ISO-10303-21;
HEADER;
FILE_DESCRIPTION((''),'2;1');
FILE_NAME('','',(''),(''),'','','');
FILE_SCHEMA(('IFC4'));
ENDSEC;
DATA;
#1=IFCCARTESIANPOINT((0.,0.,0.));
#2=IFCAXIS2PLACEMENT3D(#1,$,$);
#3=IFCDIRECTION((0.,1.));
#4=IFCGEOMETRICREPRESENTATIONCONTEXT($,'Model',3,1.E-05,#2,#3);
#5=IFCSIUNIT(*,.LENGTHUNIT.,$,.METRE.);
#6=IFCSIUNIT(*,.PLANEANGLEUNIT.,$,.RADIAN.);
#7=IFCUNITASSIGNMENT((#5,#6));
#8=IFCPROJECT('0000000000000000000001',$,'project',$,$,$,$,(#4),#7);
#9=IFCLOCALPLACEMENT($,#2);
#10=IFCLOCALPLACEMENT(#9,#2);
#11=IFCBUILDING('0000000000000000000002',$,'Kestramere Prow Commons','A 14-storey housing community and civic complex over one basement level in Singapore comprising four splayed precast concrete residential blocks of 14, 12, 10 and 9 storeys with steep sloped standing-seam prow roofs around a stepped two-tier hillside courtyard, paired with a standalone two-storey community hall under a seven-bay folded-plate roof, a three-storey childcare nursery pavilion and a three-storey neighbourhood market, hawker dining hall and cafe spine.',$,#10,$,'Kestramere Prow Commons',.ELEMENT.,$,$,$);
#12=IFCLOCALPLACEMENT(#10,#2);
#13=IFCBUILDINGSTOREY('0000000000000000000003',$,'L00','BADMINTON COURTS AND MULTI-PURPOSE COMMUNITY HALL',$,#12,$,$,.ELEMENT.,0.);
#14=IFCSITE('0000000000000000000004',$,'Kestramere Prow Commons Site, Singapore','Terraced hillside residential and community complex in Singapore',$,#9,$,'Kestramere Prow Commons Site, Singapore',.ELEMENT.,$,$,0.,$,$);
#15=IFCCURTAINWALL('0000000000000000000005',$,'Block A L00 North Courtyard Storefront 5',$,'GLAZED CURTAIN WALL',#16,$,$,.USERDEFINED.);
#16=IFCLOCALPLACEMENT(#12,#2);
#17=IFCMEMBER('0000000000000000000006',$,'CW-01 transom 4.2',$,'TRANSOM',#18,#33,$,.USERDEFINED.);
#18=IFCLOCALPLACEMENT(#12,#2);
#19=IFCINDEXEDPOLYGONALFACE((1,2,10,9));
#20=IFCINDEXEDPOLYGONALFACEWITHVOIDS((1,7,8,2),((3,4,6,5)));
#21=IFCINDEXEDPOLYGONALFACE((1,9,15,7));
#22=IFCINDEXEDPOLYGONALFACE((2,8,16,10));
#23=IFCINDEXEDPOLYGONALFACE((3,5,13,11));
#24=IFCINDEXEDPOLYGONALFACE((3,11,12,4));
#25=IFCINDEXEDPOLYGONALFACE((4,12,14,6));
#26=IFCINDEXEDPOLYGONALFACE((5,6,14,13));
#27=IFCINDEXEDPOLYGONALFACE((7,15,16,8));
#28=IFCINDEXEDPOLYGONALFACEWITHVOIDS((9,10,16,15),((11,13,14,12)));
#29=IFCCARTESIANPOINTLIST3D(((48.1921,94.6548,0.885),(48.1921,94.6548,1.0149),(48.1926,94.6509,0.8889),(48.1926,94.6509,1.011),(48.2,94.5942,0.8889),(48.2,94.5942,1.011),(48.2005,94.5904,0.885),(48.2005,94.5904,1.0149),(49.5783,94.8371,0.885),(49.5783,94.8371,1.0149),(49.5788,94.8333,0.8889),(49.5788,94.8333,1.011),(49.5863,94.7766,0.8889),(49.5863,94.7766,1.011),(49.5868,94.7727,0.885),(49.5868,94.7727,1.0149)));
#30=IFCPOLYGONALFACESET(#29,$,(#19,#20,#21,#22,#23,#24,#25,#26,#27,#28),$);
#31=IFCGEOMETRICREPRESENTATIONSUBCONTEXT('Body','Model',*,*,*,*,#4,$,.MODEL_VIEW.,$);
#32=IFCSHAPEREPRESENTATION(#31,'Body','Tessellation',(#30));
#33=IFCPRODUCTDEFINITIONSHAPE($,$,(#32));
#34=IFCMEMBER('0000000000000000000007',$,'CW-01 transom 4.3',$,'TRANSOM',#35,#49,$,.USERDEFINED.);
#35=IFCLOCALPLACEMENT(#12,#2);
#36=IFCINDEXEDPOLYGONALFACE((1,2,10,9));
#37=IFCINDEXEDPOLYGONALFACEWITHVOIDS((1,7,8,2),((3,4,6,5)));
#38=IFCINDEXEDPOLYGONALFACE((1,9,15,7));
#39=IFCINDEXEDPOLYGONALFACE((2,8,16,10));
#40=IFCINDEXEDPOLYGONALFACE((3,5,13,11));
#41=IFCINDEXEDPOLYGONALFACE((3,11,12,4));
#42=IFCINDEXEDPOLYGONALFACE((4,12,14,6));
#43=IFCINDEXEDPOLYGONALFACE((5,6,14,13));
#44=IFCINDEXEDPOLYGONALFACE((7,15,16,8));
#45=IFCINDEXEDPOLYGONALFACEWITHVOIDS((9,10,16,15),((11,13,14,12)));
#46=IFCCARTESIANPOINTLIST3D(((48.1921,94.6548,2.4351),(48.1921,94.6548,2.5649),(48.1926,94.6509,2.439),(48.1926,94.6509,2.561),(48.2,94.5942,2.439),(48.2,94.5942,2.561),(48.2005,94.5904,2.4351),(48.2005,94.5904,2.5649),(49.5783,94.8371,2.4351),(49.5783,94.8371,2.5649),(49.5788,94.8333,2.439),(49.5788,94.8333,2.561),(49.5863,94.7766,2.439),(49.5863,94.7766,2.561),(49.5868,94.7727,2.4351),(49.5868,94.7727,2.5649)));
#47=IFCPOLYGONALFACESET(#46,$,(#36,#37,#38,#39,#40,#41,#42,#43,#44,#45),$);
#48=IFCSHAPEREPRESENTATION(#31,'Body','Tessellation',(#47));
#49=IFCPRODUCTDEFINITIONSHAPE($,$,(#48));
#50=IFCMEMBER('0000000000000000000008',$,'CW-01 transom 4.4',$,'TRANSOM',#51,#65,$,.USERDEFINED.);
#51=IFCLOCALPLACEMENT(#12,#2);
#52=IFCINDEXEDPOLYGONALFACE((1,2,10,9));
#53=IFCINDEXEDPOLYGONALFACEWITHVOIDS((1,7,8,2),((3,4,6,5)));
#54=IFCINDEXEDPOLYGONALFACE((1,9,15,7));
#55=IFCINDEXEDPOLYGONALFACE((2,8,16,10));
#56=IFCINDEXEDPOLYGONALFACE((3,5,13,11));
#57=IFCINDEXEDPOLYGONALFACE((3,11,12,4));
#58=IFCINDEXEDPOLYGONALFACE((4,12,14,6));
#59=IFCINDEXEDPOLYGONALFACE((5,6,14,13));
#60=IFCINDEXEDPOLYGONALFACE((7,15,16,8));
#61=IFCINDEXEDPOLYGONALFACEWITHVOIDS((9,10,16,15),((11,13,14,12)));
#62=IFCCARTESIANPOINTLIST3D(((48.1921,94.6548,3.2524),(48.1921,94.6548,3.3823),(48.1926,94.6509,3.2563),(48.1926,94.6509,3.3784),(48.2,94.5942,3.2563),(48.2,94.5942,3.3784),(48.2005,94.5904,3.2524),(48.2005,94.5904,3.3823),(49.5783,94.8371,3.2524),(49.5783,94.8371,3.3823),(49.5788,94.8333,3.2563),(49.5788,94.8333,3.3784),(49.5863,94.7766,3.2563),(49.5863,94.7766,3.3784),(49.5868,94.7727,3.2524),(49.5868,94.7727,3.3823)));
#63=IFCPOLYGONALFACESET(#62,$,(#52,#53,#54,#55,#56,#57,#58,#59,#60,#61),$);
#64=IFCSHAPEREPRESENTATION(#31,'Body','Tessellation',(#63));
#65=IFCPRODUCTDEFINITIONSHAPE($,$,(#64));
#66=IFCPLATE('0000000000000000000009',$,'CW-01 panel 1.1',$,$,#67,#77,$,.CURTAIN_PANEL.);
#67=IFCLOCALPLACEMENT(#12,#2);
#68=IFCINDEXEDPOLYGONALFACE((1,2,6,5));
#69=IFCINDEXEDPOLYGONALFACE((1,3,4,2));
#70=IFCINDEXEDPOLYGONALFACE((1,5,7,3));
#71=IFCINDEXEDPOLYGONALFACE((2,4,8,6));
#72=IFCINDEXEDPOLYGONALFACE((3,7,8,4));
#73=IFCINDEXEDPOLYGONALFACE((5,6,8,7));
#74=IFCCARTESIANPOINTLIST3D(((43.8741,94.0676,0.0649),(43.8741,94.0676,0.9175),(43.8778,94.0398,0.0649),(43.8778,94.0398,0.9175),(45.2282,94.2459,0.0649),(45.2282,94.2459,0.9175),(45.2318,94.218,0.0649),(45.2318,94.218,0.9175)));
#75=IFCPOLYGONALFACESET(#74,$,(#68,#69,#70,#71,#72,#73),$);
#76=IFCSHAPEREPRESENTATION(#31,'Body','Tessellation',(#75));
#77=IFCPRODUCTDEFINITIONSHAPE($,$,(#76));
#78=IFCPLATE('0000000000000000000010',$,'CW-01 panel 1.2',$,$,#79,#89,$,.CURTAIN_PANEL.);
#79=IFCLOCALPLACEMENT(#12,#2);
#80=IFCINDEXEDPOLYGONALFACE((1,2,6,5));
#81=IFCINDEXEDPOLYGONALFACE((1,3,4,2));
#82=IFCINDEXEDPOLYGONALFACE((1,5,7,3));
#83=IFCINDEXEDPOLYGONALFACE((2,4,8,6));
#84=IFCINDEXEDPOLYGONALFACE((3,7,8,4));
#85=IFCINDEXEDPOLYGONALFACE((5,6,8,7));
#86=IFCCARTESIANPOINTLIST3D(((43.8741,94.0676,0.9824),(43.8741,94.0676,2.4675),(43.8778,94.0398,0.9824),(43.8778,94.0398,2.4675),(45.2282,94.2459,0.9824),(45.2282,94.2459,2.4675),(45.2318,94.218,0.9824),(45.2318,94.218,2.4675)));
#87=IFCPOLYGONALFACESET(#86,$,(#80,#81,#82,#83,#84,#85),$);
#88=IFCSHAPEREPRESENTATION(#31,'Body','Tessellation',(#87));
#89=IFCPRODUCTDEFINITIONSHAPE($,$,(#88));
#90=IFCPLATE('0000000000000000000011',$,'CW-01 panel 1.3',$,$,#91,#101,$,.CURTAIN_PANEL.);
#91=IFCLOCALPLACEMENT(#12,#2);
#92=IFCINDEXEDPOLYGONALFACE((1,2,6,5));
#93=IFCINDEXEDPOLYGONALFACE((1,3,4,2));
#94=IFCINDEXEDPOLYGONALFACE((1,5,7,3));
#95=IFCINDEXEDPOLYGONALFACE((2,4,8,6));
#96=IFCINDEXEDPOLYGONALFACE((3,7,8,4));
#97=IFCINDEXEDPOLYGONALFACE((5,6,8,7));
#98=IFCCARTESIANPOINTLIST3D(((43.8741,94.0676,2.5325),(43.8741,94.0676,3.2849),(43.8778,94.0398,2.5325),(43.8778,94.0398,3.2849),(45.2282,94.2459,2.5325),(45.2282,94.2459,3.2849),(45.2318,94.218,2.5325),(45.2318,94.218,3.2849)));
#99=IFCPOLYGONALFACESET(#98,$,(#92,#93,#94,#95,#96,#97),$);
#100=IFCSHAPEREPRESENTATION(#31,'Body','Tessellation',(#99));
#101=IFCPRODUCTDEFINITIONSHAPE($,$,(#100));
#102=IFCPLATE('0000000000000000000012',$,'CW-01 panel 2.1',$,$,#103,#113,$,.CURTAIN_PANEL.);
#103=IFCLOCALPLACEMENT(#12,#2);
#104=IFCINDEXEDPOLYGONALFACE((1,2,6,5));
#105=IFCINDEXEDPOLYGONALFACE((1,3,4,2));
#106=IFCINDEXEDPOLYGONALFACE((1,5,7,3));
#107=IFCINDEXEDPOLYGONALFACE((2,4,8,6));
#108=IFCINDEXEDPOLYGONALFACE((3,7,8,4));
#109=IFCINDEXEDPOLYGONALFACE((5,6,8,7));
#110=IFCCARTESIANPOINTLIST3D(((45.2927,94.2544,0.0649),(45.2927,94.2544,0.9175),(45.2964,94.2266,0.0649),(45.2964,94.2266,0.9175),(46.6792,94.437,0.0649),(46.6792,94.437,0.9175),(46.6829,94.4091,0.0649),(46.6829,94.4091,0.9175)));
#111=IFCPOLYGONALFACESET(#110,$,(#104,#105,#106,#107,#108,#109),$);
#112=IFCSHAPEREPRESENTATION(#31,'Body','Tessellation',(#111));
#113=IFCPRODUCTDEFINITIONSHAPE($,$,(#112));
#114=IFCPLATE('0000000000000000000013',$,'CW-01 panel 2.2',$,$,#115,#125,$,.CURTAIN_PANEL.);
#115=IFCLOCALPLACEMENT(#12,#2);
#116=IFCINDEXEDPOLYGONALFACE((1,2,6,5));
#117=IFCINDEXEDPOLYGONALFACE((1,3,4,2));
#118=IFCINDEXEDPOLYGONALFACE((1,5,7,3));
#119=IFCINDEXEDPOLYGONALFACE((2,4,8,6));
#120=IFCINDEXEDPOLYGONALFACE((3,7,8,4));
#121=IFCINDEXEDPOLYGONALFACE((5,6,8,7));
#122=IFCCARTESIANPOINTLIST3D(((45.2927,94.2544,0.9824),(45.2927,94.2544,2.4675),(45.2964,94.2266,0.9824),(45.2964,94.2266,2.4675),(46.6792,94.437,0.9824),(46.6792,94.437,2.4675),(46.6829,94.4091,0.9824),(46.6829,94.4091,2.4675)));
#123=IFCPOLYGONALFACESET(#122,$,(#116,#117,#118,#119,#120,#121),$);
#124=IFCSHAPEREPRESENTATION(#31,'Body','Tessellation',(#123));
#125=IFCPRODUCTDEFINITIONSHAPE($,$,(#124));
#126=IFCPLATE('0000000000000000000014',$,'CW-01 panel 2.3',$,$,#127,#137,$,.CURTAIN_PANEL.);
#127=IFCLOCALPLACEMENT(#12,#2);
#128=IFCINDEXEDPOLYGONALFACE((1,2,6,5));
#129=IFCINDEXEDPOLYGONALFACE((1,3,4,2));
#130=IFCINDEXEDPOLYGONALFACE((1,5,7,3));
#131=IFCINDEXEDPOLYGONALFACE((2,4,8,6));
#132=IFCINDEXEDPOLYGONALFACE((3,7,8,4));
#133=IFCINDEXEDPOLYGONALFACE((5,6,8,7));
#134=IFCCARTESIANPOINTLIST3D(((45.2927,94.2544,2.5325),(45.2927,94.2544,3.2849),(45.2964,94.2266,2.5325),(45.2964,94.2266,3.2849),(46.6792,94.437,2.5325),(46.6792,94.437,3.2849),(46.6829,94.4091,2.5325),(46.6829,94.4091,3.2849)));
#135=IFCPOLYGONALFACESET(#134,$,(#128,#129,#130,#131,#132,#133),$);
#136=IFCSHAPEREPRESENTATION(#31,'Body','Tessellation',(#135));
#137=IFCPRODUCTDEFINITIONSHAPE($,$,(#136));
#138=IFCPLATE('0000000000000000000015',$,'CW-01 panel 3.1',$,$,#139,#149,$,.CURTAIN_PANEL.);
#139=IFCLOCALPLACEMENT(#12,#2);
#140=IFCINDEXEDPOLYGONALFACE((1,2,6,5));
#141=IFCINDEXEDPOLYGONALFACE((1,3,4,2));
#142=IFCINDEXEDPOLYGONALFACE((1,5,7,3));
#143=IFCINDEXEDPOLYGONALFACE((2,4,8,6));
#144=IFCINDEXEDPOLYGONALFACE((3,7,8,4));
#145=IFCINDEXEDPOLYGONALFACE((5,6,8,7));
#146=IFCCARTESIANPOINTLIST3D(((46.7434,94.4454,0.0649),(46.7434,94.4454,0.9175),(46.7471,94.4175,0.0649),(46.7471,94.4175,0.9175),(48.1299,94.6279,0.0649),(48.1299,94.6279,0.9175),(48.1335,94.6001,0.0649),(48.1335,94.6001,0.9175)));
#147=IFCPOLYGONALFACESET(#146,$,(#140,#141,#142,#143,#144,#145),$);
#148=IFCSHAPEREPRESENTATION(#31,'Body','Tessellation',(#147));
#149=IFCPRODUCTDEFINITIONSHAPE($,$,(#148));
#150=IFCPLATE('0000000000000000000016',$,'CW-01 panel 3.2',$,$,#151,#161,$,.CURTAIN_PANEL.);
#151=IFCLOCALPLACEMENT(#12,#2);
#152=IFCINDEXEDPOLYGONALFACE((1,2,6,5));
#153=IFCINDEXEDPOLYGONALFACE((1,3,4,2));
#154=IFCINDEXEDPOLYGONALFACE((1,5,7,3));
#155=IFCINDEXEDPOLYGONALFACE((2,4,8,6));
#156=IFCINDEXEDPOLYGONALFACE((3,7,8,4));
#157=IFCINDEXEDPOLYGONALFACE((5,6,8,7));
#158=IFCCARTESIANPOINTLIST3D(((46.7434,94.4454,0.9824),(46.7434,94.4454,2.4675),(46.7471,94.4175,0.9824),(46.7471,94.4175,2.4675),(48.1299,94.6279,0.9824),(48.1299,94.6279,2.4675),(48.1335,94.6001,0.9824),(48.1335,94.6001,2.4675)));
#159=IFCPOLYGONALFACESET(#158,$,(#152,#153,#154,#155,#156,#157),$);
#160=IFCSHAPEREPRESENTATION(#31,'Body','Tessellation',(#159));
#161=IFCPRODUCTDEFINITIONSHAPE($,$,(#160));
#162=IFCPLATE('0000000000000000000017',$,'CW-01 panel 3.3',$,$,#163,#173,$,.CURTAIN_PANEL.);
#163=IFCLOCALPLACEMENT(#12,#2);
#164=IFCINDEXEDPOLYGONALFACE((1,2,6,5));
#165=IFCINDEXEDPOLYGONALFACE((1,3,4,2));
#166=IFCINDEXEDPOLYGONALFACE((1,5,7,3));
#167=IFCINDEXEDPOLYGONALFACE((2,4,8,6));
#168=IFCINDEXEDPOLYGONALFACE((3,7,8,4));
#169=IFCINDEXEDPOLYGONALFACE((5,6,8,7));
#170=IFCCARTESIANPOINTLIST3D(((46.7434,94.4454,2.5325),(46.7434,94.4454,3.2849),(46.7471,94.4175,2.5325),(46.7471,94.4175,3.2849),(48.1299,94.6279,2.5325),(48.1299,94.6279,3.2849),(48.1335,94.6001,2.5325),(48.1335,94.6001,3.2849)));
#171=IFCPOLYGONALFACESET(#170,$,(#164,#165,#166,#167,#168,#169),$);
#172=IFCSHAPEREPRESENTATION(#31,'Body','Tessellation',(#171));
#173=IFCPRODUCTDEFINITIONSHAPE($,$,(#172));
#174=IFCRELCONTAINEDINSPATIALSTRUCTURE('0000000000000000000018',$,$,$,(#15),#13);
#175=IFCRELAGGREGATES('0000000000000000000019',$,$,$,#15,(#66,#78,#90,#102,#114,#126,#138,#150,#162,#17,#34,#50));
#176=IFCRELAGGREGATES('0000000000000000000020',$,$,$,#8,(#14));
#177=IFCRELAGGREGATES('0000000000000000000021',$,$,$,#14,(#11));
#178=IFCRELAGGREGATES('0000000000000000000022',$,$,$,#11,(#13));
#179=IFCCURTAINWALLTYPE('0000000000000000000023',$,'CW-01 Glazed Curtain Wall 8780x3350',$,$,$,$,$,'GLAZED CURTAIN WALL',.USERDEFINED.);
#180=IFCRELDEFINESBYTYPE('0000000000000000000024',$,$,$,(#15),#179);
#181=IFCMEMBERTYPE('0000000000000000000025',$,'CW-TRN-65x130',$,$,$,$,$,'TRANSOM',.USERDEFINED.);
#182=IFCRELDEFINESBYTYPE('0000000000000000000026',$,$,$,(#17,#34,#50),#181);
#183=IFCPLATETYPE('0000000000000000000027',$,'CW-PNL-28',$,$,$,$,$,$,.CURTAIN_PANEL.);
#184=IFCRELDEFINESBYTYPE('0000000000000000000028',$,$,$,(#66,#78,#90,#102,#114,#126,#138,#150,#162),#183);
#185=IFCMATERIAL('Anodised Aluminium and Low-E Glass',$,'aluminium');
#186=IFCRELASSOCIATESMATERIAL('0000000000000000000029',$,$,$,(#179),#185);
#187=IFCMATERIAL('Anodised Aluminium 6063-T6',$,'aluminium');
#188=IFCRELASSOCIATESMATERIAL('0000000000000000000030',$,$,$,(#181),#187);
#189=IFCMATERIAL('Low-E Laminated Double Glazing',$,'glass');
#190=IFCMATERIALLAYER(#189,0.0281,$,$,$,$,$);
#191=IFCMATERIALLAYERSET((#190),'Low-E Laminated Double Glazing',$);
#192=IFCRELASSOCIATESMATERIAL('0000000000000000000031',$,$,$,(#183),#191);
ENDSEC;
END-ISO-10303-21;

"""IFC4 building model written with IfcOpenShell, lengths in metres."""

from ifc_helpers import new_model, si_unit, direction, frame, origin, origin_2d, place, context, subcontext, project, spatial, rectangle, hollow_rectangle, extrude, material, layer, layer_set, material_profile, profile_set, type_object, element, aggregate, save


model = new_model("IFC4")

# Units and contexts
model_context = context("Model", 3, precision=1e-05, world=origin(), true_north=direction((0.0, 1.0)))
body_context = subcontext(model_context, "Body", "Model", "MODEL_VIEW")
ifc_project = project(units=[si_unit("LENGTHUNIT", "METRE"), si_unit("PLANEANGLEUNIT", "RADIAN")], contexts=[model_context])

# Site, building, storey
site_placement = place(None, origin())
site = spatial("IfcSite", under=ifc_project, at=site_placement, Name="Kestramere Prow Commons Site, Singapore", Description="Terraced hillside residential and community complex in Singapore", LongName="Kestramere Prow Commons Site, Singapore", CompositionType="ELEMENT", RefElevation=0.0)
building_placement = place(site_placement, origin())
building = spatial("IfcBuilding", under=site, at=building_placement, Name="Kestramere Prow Commons", Description="A 14-storey housing community and civic complex over one basement level in Singapore comprising four splayed precast concrete residential blocks of 14, 12, 10 and 9 storeys with steep sloped standing-seam prow roofs around a stepped two-tier hillside courtyard, paired with a standalone two-storey community hall under a seven-bay folded-plate roof, a three-storey childcare nursery pavilion and a three-storey neighbourhood market, hawker dining hall and cafe spine.", LongName="Kestramere Prow Commons", CompositionType="ELEMENT")
storey_placement = place(building_placement, origin())
storey = spatial("IfcBuildingStorey", under=building, at=storey_placement, Name="L00", Description="BADMINTON COURTS AND MULTI-PURPOSE COMMUNITY HALL", CompositionType="ELEMENT", Elevation=0.0)

# Curtain wall, members, plates
ifc_material_1 = material(Name="Anodised Aluminium and Low-E Glass", Category="aluminium")
curtain_wall_type = type_object("IfcCurtainWallType", Name="CW-01 Glazed Curtain Wall 8780x3350", ElementType="GLAZED CURTAIN WALL", PredefinedType="USERDEFINED", material=ifc_material_1)
curtain_wall_placement = place(storey_placement, origin())
curtain_wall = element("IfcCurtainWall", 1, at=curtain_wall_placement, inside=storey, type_object=curtain_wall_type, Name="Block A L00 North Courtyard Storefront 5", ObjectType="GLAZED CURTAIN WALL", PredefinedType="USERDEFINED")
ifc_material_2 = material(Name="Anodised Aluminium 6063-T6", Category="aluminium")
ifc_material_profile_1 = material_profile(ifc_material_2, hollow_rectangle(XDim=0.0649, YDim=0.1299, WallThickness=0.0039, at=origin_2d()), Name="ALU-TRN 65x130")
ifc_profile_set_1 = profile_set([ifc_material_profile_1], Name="Anodised Aluminium 6063-T6")
member_type_1 = type_object("IfcMemberType", Name="CW-TRN-65x130", ElementType="TRANSOM", PredefinedType="USERDEFINED", material=ifc_profile_set_1)
member_1_placement = place(storey_placement, frame((48.1963, 94.6226, 0.95), z_axis=(0.991457, 0.130436, 0.0), x_axis=(-0.130436, 0.991457, 0.0)))
member_1 = element("IfcMember", 2, at=member_1_placement, type_object=member_type_1, Name="CW-01 transom 4.2", ObjectType="TRANSOM", PredefinedType="USERDEFINED", context=body_context, shape_type="SweptSolid", body=[
    extrude(hollow_rectangle(XDim=0.0649, YDim=0.1299, WallThickness=0.0039, at=origin_2d()), origin(), (0.0, 0.0, 1.0), 1.3982),
])
member_2_placement = place(storey_placement, frame((48.1963, 94.6226, 2.5), z_axis=(0.991457, 0.130436, 0.0), x_axis=(-0.130436, 0.991457, 0.0)))
member_2 = element("IfcMember", 3, at=member_2_placement, type_object=member_type_1, Name="CW-01 transom 4.3", ObjectType="TRANSOM", PredefinedType="USERDEFINED", context=body_context, shape_type="SweptSolid", body=[
    extrude(hollow_rectangle(XDim=0.0649, YDim=0.1299, WallThickness=0.0039, at=origin_2d()), origin(), (0.0, 0.0, 1.0), 1.3982),
])
member_3_placement = place(storey_placement, frame((48.1963, 94.6226, 3.3174), z_axis=(0.991457, 0.130436, 0.0), x_axis=(-0.130436, 0.991457, 0.0)))
member_3 = element("IfcMember", 4, at=member_3_placement, type_object=member_type_1, Name="CW-01 transom 4.4", ObjectType="TRANSOM", PredefinedType="USERDEFINED", context=body_context, shape_type="SweptSolid", body=[
    extrude(hollow_rectangle(XDim=0.0649, YDim=0.1299, WallThickness=0.0039, at=origin_2d()), origin(), (0.0, 0.0, 1.0), 1.3982),
])
ifc_material_3 = material(Name="Low-E Laminated Double Glazing", Category="glass")
ifc_layer = layer(ifc_material_3, 0.0281)
ifc_layer_set = layer_set([ifc_layer], Name="Low-E Laminated Double Glazing")
plate_type = type_object("IfcPlateType", Name="CW-PNL-28", PredefinedType="CURTAIN_PANEL", material=ifc_layer_set)
plate_1_placement = place(storey_placement, frame((44.553, 94.1428, 0.0649), z_axis=(0.0, 0.0, 1.0), x_axis=(0.991445, 0.130526, 0.0)))
plate_1 = element("IfcPlate", 5, at=plate_1_placement, type_object=plate_type, Name="CW-01 panel 1.1", PredefinedType="CURTAIN_PANEL", context=body_context, shape_type="SweptSolid", body=[
    extrude(rectangle(XDim=1.3657, YDim=0.0281, at=origin_2d()), origin(), (0.0, 0.0, 1.0), 0.8525),
])
plate_2_placement = place(storey_placement, frame((44.553, 94.1428, 0.9824), z_axis=(0.0, 0.0, 1.0), x_axis=(0.991445, 0.130526, 0.0)))
plate_2 = element("IfcPlate", 6, at=plate_2_placement, type_object=plate_type, Name="CW-01 panel 1.2", PredefinedType="CURTAIN_PANEL", context=body_context, shape_type="SweptSolid", body=[
    extrude(rectangle(XDim=1.3657, YDim=0.0281, at=origin_2d()), origin(), (0.0, 0.0, 1.0), 1.4851),
])
plate_3_placement = place(storey_placement, frame((44.553, 94.1428, 2.5325), z_axis=(0.0, 0.0, 1.0), x_axis=(0.991445, 0.130526, 0.0)))
plate_3 = element("IfcPlate", 7, at=plate_3_placement, type_object=plate_type, Name="CW-01 panel 1.3", PredefinedType="CURTAIN_PANEL", context=body_context, shape_type="SweptSolid", body=[
    extrude(rectangle(XDim=1.3657, YDim=0.0281, at=origin_2d()), origin(), (0.0, 0.0, 1.0), 0.7524),
])
plate_4_placement = place(storey_placement, frame((45.9878, 94.3318, 0.0649), z_axis=(0.0, 0.0, 1.0), x_axis=(0.991445, 0.130526, 0.0)))
plate_4 = element("IfcPlate", 8, at=plate_4_placement, type_object=plate_type, Name="CW-01 panel 2.1", PredefinedType="CURTAIN_PANEL", context=body_context, shape_type="SweptSolid", body=[
    extrude(rectangle(XDim=1.3984, YDim=0.0281, at=origin_2d()), origin(), (0.0, 0.0, 1.0), 0.8525),
])
plate_5_placement = place(storey_placement, frame((45.9878, 94.3318, 0.9824), z_axis=(0.0, 0.0, 1.0), x_axis=(0.991445, 0.130526, 0.0)))
plate_5 = element("IfcPlate", 9, at=plate_5_placement, type_object=plate_type, Name="CW-01 panel 2.2", PredefinedType="CURTAIN_PANEL", context=body_context, shape_type="SweptSolid", body=[
    extrude(rectangle(XDim=1.3984, YDim=0.0281, at=origin_2d()), origin(), (0.0, 0.0, 1.0), 1.4851),
])
plate_6_placement = place(storey_placement, frame((45.9878, 94.3318, 2.5325), z_axis=(0.0, 0.0, 1.0), x_axis=(0.991445, 0.130526, 0.0)))
plate_6 = element("IfcPlate", 10, at=plate_6_placement, type_object=plate_type, Name="CW-01 panel 2.3", PredefinedType="CURTAIN_PANEL", context=body_context, shape_type="SweptSolid", body=[
    extrude(rectangle(XDim=1.3984, YDim=0.0281, at=origin_2d()), origin(), (0.0, 0.0, 1.0), 0.7524),
])
plate_7_placement = place(storey_placement, frame((47.4385, 94.5227, 0.0649), z_axis=(0.0, 0.0, 1.0), x_axis=(0.991445, 0.130526, 0.0)))
plate_7 = element("IfcPlate", 11, at=plate_7_placement, type_object=plate_type, Name="CW-01 panel 3.1", PredefinedType="CURTAIN_PANEL", context=body_context, shape_type="SweptSolid", body=[
    extrude(rectangle(XDim=1.3984, YDim=0.0281, at=origin_2d()), origin(), (0.0, 0.0, 1.0), 0.8525),
])
plate_8_placement = place(storey_placement, frame((47.4385, 94.5227, 0.9824), z_axis=(0.0, 0.0, 1.0), x_axis=(0.991445, 0.130526, 0.0)))
plate_8 = element("IfcPlate", 12, at=plate_8_placement, type_object=plate_type, Name="CW-01 panel 3.2", PredefinedType="CURTAIN_PANEL", context=body_context, shape_type="SweptSolid", body=[
    extrude(rectangle(XDim=1.3984, YDim=0.0281, at=origin_2d()), origin(), (0.0, 0.0, 1.0), 1.4851),
])
plate_9_placement = place(storey_placement, frame((47.4385, 94.5227, 2.5325), z_axis=(0.0, 0.0, 1.0), x_axis=(0.991445, 0.130526, 0.0)))
plate_9 = element("IfcPlate", 13, at=plate_9_placement, type_object=plate_type, Name="CW-01 panel 3.3", PredefinedType="CURTAIN_PANEL", context=body_context, shape_type="SweptSolid", body=[
    extrude(rectangle(XDim=1.3984, YDim=0.0281, at=origin_2d()), origin(), (0.0, 0.0, 1.0), 0.7524),
])
aggregate(curtain_wall, [plate_1, plate_2, plate_3, plate_4, plate_5, plate_6, plate_7, plate_8, plate_9, member_1, member_2, member_3])

save(model, "model.ifc")
